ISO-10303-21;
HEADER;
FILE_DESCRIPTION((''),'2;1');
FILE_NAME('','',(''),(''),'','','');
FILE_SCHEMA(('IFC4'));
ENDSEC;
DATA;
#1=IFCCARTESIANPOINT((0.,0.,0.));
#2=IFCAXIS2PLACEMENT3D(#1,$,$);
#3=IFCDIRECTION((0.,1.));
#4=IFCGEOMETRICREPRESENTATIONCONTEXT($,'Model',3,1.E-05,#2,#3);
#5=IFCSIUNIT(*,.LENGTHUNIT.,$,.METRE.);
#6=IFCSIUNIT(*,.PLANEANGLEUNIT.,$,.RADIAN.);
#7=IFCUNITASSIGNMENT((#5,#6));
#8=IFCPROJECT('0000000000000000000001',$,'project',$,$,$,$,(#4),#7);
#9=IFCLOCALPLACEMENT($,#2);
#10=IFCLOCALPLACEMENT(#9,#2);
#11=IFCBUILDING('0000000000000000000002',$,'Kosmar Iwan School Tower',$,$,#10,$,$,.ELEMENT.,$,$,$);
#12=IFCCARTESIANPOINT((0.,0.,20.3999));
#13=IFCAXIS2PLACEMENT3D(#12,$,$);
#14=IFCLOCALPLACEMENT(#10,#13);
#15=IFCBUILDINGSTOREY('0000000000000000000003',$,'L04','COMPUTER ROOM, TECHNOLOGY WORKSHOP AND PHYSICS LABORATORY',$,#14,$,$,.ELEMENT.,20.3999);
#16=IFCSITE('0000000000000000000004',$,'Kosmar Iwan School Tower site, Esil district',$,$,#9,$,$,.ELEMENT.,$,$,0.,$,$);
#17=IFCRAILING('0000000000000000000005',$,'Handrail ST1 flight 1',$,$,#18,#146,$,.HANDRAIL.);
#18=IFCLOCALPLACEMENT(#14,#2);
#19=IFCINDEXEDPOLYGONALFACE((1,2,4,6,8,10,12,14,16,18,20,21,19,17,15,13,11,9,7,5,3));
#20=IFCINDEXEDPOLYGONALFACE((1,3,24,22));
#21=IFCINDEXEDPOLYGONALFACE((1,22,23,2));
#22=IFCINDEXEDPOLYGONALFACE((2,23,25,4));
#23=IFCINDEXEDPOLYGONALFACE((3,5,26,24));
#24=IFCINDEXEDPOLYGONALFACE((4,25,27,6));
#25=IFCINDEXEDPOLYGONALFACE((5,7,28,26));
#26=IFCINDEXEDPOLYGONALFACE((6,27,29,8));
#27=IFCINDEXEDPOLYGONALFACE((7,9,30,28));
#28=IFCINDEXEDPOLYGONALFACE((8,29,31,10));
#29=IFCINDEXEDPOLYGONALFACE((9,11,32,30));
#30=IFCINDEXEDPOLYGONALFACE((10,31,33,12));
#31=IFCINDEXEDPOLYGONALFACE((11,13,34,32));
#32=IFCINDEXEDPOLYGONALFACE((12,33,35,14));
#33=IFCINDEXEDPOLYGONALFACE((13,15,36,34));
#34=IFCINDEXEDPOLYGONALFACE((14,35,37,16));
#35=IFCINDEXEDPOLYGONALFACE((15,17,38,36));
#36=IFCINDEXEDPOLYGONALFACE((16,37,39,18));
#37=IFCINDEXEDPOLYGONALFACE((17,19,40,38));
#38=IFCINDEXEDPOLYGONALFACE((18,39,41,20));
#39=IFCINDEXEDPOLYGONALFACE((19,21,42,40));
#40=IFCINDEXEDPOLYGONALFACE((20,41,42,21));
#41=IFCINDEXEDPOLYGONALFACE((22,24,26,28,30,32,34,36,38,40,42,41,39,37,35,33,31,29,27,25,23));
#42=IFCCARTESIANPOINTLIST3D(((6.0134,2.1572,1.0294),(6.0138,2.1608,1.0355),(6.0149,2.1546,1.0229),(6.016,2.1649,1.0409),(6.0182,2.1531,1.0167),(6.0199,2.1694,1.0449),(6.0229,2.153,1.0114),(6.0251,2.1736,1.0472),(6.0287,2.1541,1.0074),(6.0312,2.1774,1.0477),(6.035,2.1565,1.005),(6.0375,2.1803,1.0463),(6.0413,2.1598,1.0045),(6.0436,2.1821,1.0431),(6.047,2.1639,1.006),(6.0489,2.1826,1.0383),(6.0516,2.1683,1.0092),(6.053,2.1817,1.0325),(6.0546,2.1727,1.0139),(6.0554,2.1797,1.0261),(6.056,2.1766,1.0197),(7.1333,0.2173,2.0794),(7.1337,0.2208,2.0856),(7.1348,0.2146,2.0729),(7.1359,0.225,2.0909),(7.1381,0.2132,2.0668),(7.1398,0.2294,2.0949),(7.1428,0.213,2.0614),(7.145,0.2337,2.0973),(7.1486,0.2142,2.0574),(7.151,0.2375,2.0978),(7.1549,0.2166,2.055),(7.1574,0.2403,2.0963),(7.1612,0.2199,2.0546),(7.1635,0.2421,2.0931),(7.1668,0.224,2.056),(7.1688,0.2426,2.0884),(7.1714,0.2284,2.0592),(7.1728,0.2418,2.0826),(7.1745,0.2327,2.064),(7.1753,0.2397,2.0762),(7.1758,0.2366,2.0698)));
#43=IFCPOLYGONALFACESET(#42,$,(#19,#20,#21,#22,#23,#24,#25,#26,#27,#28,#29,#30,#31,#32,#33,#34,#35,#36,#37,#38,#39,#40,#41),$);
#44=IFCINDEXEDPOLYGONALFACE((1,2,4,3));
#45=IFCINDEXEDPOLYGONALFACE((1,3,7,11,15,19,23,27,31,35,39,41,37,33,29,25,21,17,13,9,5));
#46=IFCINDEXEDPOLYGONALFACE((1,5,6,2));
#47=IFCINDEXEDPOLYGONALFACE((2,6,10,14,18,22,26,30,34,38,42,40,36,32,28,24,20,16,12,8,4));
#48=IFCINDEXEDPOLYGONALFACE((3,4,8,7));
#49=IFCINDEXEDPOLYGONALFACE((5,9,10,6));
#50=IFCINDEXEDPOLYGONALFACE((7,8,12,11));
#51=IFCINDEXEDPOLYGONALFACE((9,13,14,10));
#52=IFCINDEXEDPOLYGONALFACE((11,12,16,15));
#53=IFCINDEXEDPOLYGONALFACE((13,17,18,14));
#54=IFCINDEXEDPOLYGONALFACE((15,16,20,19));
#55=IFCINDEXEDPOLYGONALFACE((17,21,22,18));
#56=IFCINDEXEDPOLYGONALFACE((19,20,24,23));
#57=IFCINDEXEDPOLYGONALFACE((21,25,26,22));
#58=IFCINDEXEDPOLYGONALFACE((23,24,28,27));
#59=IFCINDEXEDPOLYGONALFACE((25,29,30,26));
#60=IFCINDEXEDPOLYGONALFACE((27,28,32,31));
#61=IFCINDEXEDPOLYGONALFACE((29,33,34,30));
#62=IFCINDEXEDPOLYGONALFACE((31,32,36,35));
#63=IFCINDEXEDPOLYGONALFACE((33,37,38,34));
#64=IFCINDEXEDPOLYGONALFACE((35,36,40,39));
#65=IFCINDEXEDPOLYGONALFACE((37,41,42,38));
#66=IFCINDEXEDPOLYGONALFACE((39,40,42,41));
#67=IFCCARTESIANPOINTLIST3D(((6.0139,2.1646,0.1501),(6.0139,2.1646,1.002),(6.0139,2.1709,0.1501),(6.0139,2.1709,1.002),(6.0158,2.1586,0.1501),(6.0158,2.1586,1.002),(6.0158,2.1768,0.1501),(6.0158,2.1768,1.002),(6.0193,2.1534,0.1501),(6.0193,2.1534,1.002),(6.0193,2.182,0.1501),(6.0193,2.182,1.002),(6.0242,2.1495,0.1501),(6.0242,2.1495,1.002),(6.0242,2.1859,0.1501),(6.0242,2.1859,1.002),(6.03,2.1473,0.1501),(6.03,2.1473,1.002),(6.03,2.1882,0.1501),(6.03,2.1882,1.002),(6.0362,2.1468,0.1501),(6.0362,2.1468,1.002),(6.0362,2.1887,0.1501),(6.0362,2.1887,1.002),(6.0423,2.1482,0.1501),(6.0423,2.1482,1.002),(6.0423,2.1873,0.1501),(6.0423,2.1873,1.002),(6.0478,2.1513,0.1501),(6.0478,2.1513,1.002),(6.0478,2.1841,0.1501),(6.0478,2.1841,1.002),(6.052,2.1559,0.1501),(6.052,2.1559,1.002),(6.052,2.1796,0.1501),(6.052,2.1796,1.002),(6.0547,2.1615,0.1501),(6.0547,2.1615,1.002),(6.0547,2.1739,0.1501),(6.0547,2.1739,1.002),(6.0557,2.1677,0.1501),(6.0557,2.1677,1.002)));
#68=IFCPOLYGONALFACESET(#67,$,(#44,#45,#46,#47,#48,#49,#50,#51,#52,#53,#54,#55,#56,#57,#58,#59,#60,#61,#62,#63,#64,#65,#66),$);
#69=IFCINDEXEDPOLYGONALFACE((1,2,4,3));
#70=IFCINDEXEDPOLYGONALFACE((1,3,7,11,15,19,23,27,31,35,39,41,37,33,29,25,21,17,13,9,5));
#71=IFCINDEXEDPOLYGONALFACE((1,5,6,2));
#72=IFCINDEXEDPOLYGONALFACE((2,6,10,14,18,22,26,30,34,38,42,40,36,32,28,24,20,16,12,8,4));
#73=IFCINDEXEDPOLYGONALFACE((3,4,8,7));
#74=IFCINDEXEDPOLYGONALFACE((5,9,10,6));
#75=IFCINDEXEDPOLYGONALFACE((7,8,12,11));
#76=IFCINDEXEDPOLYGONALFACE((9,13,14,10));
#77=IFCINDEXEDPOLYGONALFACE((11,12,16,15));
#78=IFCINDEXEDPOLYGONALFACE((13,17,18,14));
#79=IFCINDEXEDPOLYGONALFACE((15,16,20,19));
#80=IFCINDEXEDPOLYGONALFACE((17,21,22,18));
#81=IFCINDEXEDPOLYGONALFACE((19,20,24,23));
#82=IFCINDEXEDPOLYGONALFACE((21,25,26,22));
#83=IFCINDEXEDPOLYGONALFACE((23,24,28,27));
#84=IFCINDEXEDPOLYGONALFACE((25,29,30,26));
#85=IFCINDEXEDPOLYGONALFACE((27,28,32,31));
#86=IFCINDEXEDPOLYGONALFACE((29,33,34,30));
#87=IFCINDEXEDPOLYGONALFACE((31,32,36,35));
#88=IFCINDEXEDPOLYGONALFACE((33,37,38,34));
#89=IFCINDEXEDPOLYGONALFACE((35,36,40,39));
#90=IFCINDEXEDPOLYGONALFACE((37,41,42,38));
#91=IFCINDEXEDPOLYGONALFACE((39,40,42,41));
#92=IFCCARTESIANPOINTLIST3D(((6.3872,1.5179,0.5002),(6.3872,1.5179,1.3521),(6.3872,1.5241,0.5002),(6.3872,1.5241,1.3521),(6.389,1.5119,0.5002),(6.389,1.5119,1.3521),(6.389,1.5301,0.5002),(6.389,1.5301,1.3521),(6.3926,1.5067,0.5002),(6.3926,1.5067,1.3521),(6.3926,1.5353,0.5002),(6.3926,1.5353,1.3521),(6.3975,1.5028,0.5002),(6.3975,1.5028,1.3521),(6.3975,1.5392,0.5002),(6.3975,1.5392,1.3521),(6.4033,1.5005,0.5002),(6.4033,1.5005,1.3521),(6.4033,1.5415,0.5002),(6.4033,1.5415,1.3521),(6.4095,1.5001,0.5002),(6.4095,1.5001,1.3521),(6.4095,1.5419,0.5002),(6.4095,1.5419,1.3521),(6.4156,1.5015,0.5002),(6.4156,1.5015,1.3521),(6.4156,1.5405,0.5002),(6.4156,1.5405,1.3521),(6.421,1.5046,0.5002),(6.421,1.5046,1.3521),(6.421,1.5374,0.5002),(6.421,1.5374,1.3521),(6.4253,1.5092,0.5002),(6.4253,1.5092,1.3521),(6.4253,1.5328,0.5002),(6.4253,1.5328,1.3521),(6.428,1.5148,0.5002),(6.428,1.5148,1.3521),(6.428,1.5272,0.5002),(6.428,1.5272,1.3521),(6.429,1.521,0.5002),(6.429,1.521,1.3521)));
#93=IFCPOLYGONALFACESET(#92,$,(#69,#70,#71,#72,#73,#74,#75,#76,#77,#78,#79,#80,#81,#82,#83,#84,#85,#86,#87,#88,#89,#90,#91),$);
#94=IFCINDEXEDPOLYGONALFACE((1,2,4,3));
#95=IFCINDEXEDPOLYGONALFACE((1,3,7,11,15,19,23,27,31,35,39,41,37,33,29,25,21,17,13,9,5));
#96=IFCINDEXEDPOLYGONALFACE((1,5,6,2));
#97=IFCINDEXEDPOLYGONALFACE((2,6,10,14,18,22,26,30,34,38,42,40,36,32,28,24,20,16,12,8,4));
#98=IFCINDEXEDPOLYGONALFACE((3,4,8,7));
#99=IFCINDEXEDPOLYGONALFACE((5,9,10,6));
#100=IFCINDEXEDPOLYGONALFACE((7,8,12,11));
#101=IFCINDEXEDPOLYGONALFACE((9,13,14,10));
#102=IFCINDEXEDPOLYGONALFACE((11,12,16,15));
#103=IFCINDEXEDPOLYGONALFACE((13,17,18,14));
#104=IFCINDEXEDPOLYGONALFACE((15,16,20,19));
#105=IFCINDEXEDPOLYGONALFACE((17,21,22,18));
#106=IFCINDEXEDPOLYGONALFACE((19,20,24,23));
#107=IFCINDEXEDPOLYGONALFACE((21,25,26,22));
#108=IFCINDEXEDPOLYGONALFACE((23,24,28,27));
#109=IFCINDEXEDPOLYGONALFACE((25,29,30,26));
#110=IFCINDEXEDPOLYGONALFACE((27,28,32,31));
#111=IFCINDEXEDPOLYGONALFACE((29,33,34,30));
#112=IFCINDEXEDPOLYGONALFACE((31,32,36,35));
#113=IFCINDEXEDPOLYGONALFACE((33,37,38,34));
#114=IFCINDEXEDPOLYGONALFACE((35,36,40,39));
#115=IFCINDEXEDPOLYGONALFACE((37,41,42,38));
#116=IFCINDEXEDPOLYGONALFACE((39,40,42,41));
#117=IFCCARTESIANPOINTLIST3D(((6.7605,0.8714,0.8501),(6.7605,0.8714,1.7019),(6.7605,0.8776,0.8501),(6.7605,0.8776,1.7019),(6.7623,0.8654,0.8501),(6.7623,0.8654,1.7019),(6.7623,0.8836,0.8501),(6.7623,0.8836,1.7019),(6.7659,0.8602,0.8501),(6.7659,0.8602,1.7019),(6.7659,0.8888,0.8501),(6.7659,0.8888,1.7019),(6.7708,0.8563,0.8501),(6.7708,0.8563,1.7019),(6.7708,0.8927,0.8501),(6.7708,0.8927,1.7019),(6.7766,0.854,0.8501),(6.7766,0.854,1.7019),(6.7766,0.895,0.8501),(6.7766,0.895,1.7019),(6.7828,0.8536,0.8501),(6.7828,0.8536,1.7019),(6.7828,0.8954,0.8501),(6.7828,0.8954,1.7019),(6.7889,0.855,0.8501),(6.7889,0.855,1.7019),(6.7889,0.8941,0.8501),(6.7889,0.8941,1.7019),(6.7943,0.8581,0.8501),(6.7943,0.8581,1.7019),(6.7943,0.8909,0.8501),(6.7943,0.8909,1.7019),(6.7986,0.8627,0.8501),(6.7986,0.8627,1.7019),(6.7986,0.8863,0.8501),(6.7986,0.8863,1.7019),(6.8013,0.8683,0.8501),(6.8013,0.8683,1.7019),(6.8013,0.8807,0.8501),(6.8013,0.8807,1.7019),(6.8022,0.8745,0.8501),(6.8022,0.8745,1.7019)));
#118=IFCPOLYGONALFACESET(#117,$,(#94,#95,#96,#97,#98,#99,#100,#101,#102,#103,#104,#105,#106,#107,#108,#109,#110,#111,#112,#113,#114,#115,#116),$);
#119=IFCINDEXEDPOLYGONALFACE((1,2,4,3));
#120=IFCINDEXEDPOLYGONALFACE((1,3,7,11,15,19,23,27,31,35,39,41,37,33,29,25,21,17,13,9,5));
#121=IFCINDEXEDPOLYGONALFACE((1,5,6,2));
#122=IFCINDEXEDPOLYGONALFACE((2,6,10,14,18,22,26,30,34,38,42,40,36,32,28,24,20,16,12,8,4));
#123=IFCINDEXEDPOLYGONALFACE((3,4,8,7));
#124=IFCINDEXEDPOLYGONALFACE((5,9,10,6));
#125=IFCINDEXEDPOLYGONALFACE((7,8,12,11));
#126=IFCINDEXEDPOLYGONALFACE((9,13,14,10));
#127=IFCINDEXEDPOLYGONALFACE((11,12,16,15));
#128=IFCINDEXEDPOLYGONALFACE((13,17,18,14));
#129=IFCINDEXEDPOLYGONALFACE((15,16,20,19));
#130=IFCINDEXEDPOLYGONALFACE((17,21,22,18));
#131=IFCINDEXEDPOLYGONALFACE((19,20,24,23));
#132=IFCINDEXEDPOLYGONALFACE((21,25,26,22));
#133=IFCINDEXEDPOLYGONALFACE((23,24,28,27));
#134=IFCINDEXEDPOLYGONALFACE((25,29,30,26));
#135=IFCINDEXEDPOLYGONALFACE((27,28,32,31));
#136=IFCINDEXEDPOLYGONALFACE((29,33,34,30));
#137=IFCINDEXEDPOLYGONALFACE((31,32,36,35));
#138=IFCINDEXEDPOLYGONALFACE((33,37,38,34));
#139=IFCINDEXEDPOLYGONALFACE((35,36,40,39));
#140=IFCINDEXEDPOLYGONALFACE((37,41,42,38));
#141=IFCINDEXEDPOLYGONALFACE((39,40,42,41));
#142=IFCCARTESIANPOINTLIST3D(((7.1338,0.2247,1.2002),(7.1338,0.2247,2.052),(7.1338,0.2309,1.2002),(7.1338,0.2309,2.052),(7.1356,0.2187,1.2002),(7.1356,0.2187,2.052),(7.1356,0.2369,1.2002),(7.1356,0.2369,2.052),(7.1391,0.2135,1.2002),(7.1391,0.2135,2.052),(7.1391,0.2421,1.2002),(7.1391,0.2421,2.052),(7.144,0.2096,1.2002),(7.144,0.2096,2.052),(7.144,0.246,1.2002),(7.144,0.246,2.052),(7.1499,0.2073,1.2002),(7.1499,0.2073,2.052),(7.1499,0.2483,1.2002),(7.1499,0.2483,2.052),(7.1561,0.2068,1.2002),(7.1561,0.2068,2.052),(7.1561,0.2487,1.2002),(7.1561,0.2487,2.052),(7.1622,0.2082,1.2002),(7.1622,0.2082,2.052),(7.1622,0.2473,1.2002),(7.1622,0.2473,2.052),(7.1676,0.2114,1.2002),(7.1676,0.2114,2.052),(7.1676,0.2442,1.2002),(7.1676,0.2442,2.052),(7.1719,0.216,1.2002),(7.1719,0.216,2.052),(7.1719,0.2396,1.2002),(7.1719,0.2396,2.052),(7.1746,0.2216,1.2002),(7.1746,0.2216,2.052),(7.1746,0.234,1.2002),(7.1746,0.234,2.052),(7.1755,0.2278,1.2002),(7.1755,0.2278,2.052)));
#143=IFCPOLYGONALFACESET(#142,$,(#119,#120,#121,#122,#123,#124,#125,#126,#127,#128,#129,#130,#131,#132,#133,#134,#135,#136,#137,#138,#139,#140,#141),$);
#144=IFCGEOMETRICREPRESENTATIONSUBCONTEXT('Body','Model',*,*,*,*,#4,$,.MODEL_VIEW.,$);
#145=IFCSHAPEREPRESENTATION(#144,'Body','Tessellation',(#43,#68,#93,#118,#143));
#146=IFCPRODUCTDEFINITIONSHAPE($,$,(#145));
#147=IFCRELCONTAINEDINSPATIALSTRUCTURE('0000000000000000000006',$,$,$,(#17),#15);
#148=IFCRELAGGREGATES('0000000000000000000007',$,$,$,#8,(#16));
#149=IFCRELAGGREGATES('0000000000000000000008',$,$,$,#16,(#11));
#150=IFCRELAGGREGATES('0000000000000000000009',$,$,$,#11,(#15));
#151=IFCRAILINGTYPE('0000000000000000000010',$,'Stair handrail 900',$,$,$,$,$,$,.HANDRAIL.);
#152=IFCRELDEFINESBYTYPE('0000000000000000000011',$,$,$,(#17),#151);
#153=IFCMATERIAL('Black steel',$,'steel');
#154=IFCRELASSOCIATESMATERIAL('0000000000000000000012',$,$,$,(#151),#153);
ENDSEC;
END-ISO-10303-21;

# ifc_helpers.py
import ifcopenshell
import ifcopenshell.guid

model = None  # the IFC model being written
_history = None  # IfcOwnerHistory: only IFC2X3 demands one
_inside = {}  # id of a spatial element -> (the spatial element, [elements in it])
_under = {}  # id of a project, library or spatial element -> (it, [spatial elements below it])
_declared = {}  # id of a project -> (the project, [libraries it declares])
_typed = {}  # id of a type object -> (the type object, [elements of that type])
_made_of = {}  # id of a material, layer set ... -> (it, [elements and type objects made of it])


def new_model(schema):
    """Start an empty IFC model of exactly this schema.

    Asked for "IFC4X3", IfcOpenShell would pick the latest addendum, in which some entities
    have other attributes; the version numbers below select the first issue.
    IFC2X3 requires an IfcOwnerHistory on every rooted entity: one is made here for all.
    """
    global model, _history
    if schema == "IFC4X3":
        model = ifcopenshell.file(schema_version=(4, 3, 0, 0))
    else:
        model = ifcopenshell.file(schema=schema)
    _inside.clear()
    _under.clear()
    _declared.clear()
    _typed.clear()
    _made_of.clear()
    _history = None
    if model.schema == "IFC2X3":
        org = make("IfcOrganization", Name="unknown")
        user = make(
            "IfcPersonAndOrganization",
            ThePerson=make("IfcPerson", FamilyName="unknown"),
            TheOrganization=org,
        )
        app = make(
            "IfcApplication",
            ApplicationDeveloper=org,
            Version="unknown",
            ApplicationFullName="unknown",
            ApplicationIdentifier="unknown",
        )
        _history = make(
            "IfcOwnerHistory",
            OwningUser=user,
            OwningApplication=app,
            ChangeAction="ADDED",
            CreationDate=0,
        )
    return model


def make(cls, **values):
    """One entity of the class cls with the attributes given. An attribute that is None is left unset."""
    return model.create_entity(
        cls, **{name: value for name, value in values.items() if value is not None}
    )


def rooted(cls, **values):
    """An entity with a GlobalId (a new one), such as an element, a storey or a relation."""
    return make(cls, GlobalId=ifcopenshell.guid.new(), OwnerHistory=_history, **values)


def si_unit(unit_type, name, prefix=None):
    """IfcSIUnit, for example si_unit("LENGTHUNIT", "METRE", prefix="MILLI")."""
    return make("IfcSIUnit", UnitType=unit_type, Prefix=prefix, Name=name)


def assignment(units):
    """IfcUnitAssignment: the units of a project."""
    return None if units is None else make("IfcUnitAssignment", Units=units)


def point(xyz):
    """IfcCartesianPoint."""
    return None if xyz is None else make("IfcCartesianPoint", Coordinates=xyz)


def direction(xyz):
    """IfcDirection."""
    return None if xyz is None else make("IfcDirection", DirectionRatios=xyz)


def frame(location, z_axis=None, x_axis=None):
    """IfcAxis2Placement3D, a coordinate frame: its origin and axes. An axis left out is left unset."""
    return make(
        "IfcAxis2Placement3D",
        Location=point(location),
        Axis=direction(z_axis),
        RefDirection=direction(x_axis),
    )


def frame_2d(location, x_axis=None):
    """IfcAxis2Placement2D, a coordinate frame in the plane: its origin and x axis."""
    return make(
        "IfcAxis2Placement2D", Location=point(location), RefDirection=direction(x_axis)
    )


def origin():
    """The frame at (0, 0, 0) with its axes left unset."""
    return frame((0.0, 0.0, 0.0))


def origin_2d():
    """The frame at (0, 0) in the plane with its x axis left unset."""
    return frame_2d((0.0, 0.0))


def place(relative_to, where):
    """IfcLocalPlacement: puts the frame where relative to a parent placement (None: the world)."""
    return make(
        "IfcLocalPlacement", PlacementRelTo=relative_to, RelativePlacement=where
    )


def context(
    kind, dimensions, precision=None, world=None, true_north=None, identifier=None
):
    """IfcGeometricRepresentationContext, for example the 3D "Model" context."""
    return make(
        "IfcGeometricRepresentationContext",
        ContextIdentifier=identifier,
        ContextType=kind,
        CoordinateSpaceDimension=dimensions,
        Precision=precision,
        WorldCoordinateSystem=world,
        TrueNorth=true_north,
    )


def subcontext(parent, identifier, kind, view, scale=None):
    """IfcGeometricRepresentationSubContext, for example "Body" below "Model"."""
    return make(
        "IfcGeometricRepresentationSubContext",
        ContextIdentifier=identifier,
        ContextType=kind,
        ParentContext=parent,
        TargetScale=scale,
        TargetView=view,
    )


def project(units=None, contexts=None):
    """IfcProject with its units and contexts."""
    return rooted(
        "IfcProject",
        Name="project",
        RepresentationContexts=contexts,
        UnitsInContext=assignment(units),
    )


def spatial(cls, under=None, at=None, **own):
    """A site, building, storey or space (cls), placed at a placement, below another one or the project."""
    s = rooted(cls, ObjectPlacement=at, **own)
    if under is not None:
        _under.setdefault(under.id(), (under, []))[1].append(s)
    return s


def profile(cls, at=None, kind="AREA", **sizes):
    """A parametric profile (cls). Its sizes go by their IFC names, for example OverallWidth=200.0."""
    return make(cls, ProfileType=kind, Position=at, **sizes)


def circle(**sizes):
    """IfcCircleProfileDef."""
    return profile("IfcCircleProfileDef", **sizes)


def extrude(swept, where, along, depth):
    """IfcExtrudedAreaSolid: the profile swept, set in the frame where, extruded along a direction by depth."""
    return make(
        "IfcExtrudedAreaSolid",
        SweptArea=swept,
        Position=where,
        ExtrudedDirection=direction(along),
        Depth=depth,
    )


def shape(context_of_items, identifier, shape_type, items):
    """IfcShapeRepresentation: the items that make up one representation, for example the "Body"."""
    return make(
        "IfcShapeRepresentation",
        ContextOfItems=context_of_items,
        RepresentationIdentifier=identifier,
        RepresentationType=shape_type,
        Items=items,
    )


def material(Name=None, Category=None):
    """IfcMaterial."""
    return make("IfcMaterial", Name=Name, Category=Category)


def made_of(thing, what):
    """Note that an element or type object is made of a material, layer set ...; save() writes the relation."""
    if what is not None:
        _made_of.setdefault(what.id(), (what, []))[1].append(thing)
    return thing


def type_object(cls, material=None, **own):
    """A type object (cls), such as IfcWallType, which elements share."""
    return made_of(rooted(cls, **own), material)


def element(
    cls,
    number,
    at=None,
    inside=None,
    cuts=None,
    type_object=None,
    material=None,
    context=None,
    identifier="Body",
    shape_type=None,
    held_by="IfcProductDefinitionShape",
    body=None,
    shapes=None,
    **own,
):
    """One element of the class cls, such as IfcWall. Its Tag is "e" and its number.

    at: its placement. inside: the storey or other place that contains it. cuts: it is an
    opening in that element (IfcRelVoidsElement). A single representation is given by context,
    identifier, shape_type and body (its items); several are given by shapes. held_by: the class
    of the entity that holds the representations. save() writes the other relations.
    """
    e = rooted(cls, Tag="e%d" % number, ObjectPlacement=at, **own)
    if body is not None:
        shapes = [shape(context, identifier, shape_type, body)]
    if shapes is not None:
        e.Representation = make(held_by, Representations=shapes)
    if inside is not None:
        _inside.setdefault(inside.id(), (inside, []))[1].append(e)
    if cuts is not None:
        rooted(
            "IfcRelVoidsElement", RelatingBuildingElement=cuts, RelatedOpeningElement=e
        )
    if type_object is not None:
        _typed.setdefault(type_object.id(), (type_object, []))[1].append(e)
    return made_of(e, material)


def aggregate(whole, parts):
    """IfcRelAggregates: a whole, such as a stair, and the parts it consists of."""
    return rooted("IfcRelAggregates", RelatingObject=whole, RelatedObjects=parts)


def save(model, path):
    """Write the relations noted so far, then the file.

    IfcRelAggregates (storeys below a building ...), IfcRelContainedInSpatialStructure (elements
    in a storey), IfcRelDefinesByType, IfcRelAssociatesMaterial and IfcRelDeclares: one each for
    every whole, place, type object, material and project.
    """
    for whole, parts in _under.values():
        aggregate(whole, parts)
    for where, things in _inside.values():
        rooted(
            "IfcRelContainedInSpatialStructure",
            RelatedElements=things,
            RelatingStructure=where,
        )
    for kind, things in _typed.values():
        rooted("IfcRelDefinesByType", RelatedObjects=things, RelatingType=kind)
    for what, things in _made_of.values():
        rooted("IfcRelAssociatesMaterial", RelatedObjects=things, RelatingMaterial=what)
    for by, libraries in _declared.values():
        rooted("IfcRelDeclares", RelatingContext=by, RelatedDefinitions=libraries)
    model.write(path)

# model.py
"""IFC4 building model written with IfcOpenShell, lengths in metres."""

from ifc_helpers import new_model, si_unit, direction, frame, origin, origin_2d, place, context, subcontext, project, spatial, circle, extrude, material, type_object, element, save


model = new_model("IFC4")

# Units and contexts
model_context = context("Model", 3, precision=1e-05, world=origin(), true_north=direction((0.0, 1.0)))
body_context = subcontext(model_context, "Body", "Model", "MODEL_VIEW")
ifc_project = project(units=[si_unit("LENGTHUNIT", "METRE"), si_unit("PLANEANGLEUNIT", "RADIAN")], contexts=[model_context])

# Site, building, storey
site_placement = place(None, origin())
site = spatial("IfcSite", under=ifc_project, at=site_placement, Name="Kosmar Iwan School Tower site, Esil district", CompositionType="ELEMENT", RefElevation=0.0)
building_placement = place(site_placement, origin())
building = spatial("IfcBuilding", under=site, at=building_placement, Name="Kosmar Iwan School Tower", CompositionType="ELEMENT")
storey_placement = place(building_placement, frame((0.0, 0.0, 20.3999)))
storey = spatial("IfcBuildingStorey", under=building, at=storey_placement, Name="L04", Description="COMPUTER ROOM, TECHNOLOGY WORKSHOP AND PHYSICS LABORATORY", CompositionType="ELEMENT", Elevation=20.3999)

# Railing
ifc_material_1 = material(Name="Black steel", Category="steel")
railing_type = type_object("IfcRailingType", Name="Stair handrail 900", PredefinedType="HANDRAIL", material=ifc_material_1)
railing_1_placement = place(storey_placement, frame((6.0347, 2.1677, 0.1501)))
element("IfcRailing", 1, at=railing_1_placement, inside=storey, type_object=railing_type, Name="Handrail ST1 flight 1", PredefinedType="HANDRAIL", context=body_context, shape_type="SweptSolid", body=[
    extrude(circle(Radius=0.0239, at=origin_2d()), frame((0.0, 0.0, 0.876), z_axis=(0.452678, -0.784169, 0.424454), x_axis=(0.866055, 0.499949, 0.0)), (0.0, 0.0, 1.0), 2.4739),
    extrude(circle(Radius=0.021, at=origin_2d()), origin(), (0.0, 0.0, 1.0), 0.8518),
    extrude(circle(Radius=0.021, at=origin_2d()), frame((0.3733, -0.6467, 0.3501)), (0.0, 0.0, 1.0), 0.8518),
    extrude(circle(Radius=0.021, at=origin_2d()), frame((0.7466, -1.2932, 0.7)), (0.0, 0.0, 1.0), 0.8518),
    extrude(circle(Radius=0.021, at=origin_2d()), frame((1.1199, -1.9399, 1.05)), (0.0, 0.0, 1.0), 0.8518),
])

save(model, "model.ifc")
